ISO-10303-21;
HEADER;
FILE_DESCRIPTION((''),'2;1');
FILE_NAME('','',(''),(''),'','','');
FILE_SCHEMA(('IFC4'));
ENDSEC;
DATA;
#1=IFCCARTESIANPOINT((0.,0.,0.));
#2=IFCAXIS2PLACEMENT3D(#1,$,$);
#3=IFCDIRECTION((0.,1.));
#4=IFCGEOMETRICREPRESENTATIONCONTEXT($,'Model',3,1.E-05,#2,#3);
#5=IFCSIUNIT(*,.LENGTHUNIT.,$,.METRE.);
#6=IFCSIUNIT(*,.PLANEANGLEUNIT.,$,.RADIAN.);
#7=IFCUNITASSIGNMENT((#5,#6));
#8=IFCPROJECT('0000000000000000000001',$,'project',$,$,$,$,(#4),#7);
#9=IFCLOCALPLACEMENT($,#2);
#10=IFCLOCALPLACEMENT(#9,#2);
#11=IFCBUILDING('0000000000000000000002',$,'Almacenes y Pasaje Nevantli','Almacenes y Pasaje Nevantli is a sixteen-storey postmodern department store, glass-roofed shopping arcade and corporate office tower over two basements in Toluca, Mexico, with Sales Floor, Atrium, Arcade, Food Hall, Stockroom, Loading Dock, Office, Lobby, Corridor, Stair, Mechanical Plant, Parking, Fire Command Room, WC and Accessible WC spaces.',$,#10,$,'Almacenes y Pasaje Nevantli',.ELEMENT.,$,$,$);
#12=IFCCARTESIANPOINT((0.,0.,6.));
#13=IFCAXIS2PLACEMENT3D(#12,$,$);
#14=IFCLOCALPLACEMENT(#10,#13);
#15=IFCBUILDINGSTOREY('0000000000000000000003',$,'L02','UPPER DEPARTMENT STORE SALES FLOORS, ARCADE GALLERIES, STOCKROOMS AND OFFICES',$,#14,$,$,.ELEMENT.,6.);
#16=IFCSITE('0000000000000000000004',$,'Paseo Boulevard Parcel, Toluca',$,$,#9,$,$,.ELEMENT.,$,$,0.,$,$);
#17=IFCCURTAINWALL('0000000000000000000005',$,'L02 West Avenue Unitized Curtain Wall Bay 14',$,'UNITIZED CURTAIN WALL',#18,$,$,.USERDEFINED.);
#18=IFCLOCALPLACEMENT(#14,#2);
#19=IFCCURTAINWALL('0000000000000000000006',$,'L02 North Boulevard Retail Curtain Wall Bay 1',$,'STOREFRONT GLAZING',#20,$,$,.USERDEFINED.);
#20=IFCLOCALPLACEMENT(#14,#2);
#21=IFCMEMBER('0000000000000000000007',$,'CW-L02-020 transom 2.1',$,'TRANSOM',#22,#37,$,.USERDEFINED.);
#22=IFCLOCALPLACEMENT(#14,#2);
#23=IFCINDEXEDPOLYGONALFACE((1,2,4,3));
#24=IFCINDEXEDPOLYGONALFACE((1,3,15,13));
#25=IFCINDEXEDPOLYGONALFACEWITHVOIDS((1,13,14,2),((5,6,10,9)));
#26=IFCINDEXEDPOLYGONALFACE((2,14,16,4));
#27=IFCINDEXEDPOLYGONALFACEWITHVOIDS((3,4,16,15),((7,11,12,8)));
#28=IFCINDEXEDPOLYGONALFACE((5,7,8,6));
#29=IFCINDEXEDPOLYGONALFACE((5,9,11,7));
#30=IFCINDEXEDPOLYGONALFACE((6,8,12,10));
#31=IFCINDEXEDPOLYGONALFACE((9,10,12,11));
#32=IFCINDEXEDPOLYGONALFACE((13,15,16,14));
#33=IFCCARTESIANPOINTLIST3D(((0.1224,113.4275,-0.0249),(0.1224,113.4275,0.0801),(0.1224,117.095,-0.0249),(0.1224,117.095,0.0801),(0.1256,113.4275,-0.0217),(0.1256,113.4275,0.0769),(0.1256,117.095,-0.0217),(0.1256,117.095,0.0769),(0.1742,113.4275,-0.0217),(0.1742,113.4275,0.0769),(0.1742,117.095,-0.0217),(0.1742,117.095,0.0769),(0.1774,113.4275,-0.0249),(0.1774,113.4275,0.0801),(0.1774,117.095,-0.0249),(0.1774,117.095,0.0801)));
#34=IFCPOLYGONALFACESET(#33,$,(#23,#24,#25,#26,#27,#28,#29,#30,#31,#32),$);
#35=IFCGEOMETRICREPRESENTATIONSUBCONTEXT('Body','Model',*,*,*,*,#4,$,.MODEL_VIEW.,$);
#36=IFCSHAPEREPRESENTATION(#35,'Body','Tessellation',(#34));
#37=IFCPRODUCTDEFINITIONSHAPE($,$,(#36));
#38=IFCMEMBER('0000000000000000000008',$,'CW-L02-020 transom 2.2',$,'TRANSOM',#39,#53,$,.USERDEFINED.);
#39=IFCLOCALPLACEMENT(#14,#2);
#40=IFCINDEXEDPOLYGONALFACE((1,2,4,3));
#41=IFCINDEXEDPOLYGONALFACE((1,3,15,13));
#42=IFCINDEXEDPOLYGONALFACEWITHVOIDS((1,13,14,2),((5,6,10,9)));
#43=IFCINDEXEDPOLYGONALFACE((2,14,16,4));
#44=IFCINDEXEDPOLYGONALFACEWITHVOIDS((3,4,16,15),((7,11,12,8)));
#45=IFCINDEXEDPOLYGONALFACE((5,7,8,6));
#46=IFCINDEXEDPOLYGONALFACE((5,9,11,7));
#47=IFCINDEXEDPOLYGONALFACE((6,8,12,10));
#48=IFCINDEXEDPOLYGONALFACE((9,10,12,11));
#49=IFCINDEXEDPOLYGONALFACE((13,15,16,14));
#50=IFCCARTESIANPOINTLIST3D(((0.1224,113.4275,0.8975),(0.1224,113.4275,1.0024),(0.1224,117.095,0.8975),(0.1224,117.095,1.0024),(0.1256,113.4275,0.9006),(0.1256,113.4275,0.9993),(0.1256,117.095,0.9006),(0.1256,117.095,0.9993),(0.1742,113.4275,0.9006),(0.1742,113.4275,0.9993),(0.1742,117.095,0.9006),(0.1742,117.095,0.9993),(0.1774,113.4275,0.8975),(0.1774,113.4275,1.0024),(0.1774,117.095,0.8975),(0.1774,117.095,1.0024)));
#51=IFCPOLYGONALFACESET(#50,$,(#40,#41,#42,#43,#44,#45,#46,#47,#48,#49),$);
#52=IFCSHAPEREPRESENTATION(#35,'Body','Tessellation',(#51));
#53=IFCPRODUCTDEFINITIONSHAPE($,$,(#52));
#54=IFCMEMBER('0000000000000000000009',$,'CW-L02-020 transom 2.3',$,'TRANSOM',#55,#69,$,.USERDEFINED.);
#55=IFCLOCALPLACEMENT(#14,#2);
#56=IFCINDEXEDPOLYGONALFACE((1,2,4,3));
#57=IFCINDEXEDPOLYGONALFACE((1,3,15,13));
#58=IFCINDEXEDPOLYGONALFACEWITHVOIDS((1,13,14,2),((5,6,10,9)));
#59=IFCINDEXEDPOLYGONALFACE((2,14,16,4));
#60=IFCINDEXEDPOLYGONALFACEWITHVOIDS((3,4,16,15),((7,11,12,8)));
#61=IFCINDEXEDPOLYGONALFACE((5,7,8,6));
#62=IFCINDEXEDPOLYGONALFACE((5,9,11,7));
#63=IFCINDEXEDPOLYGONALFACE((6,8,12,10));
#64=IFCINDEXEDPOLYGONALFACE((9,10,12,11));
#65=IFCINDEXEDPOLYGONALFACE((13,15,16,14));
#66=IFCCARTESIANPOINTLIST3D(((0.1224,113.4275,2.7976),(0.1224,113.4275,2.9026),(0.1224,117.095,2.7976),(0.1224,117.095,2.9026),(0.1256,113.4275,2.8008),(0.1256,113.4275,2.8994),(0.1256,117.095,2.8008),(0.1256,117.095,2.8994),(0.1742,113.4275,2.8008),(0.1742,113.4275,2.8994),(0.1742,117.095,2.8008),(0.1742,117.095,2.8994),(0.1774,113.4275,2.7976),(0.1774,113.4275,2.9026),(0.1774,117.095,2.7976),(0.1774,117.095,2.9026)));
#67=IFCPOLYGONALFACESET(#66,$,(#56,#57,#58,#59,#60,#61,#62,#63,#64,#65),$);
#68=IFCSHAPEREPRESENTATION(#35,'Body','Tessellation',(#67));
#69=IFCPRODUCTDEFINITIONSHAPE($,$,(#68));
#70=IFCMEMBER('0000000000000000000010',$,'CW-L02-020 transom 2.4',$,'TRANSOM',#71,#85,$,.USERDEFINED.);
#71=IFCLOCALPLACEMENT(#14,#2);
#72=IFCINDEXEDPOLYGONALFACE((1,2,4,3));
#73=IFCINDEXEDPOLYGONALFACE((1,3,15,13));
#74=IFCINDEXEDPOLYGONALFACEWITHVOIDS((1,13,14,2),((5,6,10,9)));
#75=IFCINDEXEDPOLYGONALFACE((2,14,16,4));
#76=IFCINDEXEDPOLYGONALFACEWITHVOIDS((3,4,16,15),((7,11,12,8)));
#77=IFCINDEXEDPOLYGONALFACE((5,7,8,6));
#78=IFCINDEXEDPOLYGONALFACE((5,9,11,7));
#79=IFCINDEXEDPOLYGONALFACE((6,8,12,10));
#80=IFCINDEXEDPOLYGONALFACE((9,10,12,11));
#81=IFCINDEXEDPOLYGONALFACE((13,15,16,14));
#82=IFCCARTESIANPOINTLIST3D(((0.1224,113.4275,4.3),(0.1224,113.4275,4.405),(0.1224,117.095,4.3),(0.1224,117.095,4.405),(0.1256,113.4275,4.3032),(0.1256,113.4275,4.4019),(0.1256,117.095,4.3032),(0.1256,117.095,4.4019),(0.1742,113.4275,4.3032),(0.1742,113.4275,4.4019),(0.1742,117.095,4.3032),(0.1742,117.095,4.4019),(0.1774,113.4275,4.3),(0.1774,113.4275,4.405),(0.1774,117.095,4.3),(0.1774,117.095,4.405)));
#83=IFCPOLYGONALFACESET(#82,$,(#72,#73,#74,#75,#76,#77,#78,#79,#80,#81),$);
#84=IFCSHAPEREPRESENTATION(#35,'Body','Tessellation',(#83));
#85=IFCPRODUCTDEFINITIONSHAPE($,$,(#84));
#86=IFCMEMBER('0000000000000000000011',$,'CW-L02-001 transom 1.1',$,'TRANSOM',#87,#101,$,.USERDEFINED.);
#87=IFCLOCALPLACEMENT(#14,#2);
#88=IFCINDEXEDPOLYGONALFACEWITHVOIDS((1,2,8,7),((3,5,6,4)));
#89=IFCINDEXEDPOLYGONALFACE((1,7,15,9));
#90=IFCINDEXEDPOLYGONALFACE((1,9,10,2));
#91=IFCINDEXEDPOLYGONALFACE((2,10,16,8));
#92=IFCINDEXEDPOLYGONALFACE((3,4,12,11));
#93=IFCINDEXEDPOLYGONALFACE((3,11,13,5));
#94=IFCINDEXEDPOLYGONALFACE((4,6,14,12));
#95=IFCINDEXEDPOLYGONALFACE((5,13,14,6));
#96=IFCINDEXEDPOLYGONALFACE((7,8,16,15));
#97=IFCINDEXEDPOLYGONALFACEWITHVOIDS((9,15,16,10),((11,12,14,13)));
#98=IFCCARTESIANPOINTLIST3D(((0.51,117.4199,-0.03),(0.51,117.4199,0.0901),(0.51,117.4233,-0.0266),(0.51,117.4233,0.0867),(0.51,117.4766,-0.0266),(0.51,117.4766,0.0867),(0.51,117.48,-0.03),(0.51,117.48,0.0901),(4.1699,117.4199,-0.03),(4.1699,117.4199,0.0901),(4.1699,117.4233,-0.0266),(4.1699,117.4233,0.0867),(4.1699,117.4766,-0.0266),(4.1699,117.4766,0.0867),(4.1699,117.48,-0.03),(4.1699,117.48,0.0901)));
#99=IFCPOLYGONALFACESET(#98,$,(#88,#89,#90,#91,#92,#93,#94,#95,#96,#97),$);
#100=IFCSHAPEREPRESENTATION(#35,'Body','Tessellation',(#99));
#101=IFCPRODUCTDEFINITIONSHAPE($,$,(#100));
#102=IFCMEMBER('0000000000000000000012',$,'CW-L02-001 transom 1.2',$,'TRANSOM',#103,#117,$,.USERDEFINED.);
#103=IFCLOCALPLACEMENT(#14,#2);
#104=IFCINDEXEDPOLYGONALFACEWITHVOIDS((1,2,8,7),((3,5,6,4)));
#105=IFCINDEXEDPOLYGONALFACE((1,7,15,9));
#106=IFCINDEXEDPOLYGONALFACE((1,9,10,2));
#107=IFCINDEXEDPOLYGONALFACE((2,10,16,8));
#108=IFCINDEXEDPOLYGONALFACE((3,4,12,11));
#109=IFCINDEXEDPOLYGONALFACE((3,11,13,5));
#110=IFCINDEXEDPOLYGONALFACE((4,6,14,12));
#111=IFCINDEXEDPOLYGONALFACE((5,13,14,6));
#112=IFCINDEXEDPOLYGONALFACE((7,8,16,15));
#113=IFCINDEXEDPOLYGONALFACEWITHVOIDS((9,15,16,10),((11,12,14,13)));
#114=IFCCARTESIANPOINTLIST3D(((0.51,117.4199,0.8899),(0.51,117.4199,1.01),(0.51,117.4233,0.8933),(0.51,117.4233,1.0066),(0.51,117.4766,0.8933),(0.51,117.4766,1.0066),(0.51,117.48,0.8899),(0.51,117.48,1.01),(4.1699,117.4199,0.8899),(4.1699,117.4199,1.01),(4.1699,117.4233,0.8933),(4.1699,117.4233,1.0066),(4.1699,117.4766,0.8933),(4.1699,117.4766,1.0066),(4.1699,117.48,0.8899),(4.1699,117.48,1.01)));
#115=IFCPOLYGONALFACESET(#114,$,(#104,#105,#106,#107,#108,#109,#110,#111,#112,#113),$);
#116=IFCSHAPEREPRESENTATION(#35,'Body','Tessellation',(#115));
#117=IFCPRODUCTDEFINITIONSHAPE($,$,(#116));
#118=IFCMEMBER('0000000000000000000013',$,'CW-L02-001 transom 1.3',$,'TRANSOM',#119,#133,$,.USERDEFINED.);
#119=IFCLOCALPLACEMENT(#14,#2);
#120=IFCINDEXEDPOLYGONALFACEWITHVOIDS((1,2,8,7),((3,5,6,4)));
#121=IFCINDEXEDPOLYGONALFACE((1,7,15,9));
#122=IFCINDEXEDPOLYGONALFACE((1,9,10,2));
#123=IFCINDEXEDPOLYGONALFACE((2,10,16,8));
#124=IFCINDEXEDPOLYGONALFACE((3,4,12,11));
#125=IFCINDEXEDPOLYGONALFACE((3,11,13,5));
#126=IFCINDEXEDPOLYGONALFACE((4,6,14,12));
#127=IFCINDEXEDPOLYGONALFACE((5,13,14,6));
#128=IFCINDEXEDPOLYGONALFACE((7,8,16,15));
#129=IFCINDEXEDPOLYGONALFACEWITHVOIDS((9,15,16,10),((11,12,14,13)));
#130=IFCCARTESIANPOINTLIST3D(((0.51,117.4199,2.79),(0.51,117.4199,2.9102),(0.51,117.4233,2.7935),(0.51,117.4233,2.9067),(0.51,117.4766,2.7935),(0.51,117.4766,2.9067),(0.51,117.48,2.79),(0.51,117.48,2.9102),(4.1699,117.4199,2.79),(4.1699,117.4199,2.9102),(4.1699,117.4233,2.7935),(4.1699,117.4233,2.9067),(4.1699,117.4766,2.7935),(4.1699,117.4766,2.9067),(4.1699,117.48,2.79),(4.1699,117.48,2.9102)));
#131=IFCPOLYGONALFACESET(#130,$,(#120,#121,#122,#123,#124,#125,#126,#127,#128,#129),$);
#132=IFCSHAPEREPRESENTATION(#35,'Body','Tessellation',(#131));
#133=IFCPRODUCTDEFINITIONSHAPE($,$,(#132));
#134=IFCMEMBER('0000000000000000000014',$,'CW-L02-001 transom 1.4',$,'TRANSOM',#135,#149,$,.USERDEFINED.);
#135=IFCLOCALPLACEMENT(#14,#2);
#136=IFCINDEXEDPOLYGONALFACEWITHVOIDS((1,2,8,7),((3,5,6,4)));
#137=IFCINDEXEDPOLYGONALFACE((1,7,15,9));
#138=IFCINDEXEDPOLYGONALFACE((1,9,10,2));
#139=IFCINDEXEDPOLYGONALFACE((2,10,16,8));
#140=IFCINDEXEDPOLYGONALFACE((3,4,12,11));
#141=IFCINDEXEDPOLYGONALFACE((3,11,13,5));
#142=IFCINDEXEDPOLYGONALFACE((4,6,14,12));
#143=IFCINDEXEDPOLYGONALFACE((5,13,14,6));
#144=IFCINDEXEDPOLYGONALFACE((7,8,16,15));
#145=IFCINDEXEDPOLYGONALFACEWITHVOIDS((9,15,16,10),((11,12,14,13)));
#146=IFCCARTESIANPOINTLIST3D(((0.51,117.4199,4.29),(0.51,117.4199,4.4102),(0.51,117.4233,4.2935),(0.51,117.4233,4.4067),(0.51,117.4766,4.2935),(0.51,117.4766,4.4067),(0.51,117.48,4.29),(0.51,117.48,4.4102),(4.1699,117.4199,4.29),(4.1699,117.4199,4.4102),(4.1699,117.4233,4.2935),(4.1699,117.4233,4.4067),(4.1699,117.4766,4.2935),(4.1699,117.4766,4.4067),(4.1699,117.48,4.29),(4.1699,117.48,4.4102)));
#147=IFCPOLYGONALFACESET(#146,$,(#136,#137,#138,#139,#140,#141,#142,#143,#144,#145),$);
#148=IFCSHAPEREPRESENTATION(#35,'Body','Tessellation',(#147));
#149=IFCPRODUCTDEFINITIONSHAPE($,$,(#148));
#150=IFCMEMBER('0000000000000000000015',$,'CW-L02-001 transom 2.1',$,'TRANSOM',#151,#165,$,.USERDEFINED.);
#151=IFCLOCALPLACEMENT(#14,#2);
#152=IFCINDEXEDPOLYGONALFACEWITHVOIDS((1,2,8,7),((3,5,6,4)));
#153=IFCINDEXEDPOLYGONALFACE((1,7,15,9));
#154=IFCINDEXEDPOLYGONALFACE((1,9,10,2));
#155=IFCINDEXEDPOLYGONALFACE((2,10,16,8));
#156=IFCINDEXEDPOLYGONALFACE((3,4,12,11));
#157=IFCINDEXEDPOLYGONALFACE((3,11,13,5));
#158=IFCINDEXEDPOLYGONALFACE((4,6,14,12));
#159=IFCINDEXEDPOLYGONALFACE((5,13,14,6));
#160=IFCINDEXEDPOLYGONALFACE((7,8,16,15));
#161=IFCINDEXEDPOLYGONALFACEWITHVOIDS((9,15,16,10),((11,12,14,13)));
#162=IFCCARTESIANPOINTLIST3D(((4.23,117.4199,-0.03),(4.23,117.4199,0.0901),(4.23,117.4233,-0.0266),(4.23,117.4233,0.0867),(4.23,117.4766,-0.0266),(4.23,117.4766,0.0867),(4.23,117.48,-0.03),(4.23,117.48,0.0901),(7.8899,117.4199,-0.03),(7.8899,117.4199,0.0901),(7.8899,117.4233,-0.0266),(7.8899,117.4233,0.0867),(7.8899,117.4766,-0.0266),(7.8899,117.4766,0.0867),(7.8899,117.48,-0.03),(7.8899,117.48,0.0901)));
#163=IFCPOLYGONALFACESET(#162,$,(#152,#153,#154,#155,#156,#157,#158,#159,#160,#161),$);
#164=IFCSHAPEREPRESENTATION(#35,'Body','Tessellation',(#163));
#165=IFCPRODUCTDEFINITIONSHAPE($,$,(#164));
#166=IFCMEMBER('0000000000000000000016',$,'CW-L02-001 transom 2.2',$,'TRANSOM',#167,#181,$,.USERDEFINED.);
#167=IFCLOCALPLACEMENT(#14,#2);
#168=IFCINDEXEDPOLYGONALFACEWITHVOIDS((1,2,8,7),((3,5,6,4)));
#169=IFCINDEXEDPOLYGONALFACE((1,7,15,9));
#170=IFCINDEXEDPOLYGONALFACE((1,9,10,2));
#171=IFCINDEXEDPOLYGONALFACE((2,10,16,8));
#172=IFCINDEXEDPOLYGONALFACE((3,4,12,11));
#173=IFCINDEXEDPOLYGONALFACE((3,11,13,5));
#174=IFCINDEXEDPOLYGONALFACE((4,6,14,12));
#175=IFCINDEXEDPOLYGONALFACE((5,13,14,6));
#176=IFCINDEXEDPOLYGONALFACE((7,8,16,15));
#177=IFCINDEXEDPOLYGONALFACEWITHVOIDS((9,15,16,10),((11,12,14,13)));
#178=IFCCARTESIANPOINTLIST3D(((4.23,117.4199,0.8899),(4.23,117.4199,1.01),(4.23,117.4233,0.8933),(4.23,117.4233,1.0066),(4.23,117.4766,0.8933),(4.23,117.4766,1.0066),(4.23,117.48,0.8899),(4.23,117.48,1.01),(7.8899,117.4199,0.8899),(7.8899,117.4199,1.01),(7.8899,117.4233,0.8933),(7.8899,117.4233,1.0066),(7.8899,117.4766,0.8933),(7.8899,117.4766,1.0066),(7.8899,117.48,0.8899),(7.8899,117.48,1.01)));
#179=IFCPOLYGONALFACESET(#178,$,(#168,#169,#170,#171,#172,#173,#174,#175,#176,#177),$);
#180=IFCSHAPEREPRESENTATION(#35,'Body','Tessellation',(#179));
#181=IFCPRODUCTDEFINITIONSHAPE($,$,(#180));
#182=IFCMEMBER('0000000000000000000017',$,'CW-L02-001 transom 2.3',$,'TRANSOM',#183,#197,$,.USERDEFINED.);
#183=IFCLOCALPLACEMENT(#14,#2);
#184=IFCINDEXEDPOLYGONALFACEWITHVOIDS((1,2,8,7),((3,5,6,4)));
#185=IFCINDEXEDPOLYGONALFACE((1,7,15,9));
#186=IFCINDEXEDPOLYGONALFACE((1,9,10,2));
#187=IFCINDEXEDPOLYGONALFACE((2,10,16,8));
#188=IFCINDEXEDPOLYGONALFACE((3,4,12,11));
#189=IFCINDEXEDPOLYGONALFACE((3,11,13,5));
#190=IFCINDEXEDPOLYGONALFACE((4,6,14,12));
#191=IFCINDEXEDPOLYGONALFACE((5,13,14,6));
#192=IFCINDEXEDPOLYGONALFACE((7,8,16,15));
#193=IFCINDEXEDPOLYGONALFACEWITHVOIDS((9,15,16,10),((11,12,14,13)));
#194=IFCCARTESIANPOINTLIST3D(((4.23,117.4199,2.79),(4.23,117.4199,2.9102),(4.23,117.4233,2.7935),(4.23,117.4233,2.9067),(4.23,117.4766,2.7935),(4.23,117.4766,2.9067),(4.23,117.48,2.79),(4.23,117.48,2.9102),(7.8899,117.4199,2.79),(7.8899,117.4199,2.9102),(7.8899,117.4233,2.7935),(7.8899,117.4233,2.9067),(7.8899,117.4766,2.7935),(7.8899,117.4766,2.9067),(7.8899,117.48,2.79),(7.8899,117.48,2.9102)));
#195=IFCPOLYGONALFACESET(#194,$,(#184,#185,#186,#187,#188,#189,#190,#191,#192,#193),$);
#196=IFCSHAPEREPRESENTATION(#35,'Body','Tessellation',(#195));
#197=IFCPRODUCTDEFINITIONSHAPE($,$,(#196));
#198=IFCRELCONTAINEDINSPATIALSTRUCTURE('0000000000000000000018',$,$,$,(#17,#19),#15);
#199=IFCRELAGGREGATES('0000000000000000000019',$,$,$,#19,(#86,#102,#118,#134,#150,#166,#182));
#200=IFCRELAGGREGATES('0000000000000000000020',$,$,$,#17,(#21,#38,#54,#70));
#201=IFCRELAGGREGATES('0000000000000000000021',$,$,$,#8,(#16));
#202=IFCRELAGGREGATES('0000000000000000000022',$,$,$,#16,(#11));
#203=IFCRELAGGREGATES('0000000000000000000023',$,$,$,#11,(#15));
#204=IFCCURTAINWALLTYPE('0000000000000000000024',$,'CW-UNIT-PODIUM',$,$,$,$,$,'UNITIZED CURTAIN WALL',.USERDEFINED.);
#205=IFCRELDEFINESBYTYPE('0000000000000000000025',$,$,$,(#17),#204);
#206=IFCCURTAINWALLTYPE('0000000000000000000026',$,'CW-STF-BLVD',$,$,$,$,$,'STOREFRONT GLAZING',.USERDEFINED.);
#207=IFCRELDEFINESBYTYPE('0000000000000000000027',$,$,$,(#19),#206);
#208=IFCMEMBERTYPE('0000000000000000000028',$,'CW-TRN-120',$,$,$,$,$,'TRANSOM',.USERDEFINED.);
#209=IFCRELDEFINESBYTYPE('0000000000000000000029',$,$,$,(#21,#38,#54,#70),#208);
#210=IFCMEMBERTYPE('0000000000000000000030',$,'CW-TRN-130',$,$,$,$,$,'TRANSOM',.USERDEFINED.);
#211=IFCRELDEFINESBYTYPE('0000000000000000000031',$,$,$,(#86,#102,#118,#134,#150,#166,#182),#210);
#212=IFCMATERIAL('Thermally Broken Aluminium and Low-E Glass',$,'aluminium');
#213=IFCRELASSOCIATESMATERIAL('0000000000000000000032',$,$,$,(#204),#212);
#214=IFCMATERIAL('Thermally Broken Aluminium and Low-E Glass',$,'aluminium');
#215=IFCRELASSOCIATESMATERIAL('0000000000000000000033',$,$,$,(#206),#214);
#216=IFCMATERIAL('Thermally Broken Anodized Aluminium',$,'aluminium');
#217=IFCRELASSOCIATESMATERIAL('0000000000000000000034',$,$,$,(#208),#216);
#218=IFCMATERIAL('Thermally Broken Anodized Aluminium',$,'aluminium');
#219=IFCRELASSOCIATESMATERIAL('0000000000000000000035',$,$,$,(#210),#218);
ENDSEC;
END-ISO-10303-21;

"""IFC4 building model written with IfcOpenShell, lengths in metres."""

from ifc_helpers import new_model, si_unit, direction, frame, origin, origin_2d, place, context, subcontext, project, spatial, hollow_rectangle, extrude, material, material_profile, profile_set, type_object, element, aggregate, save


model = new_model("IFC4")

# Units and contexts
model_context = context("Model", 3, precision=1e-05, world=origin(), true_north=direction((0.0, 1.0)))
body_context = subcontext(model_context, "Body", "Model", "MODEL_VIEW")
ifc_project = project(units=[si_unit("LENGTHUNIT", "METRE"), si_unit("PLANEANGLEUNIT", "RADIAN")], contexts=[model_context])

# Site, building, storey
site_placement = place(None, origin())
site = spatial("IfcSite", under=ifc_project, at=site_placement, Name="Paseo Boulevard Parcel, Toluca", CompositionType="ELEMENT", RefElevation=0.0)
building_placement = place(site_placement, origin())
building = spatial("IfcBuilding", under=site, at=building_placement, Name="Almacenes y Pasaje Nevantli", Description="Almacenes y Pasaje Nevantli is a sixteen-storey postmodern department store, glass-roofed shopping arcade and corporate office tower over two basements in Toluca, Mexico, with Sales Floor, Atrium, Arcade, Food Hall, Stockroom, Loading Dock, Office, Lobby, Corridor, Stair, Mechanical Plant, Parking, Fire Command Room, WC and Accessible WC spaces.", LongName="Almacenes y Pasaje Nevantli", CompositionType="ELEMENT")
storey_placement = place(building_placement, frame((0.0, 0.0, 6.0)))
storey = spatial("IfcBuildingStorey", under=building, at=storey_placement, Name="L02", Description="UPPER DEPARTMENT STORE SALES FLOORS, ARCADE GALLERIES, STOCKROOMS AND OFFICES", CompositionType="ELEMENT", Elevation=6.0)

# Curtain walls
ifc_material_1 = material(Name="Thermally Broken Aluminium and Low-E Glass", Category="aluminium")
curtain_wall_type_1 = type_object("IfcCurtainWallType", Name="CW-UNIT-PODIUM", ElementType="UNITIZED CURTAIN WALL", PredefinedType="USERDEFINED", material=ifc_material_1)
curtain_wall_1_placement = place(storey_placement, origin())
curtain_wall_1 = element("IfcCurtainWall", 1, at=curtain_wall_1_placement, inside=storey, type_object=curtain_wall_type_1, Name="L02 West Avenue Unitized Curtain Wall Bay 14", ObjectType="UNITIZED CURTAIN WALL", PredefinedType="USERDEFINED")
ifc_material_2 = material(Name="Thermally Broken Aluminium and Low-E Glass", Category="aluminium")
curtain_wall_type_2 = type_object("IfcCurtainWallType", Name="CW-STF-BLVD", ElementType="STOREFRONT GLAZING", PredefinedType="USERDEFINED", material=ifc_material_2)
curtain_wall_2_placement = place(storey_placement, origin())
curtain_wall_2 = element("IfcCurtainWall", 2, at=curtain_wall_2_placement, inside=storey, type_object=curtain_wall_type_2, Name="L02 North Boulevard Retail Curtain Wall Bay 1", ObjectType="STOREFRONT GLAZING", PredefinedType="USERDEFINED")

# Members
ifc_material_3 = material(Name="Thermally Broken Anodized Aluminium", Category="aluminium")
ifc_material_profile_1 = material_profile(ifc_material_3, hollow_rectangle(XDim=0.0549, YDim=0.105, WallThickness=0.0032, at=origin_2d()), Name="ALU-TRN-55x105")
ifc_profile_set_1 = profile_set([ifc_material_profile_1], Name="Thermally Broken Anodized Aluminium")
member_type_1 = type_object("IfcMemberType", Name="CW-TRN-120", ElementType="TRANSOM", PredefinedType="USERDEFINED", material=ifc_profile_set_1)
member_1_placement = place(storey_placement, frame((0.1499, 113.4275, 0.0276), z_axis=(0.0, 1.0, 0.0), x_axis=(-1.0, 0.0, 0.0)))
member_1 = element("IfcMember", 3, at=member_1_placement, type_object=member_type_1, Name="CW-L02-020 transom 2.1", ObjectType="TRANSOM", PredefinedType="USERDEFINED", context=body_context, shape_type="SweptSolid", body=[
    extrude(hollow_rectangle(XDim=0.0549, YDim=0.105, WallThickness=0.0032, at=origin_2d()), origin(), (0.0, 0.0, 1.0), 3.6675),
])
member_2_placement = place(storey_placement, frame((0.1499, 113.4275, 0.95), z_axis=(0.0, 1.0, 0.0), x_axis=(-1.0, 0.0, 0.0)))
member_2 = element("IfcMember", 4, at=member_2_placement, type_object=member_type_1, Name="CW-L02-020 transom 2.2", ObjectType="TRANSOM", PredefinedType="USERDEFINED", context=body_context, shape_type="SweptSolid", body=[
    extrude(hollow_rectangle(XDim=0.0549, YDim=0.105, WallThickness=0.0032, at=origin_2d()), origin(), (0.0, 0.0, 1.0), 3.6675),
])
member_3_placement = place(storey_placement, frame((0.1499, 113.4275, 2.8501), z_axis=(0.0, 1.0, 0.0), x_axis=(-1.0, 0.0, 0.0)))
member_3 = element("IfcMember", 5, at=member_3_placement, type_object=member_type_1, Name="CW-L02-020 transom 2.3", ObjectType="TRANSOM", PredefinedType="USERDEFINED", context=body_context, shape_type="SweptSolid", body=[
    extrude(hollow_rectangle(XDim=0.0549, YDim=0.105, WallThickness=0.0032, at=origin_2d()), origin(), (0.0, 0.0, 1.0), 3.6675),
])
member_4_placement = place(storey_placement, frame((0.1499, 113.4275, 4.3525), z_axis=(0.0, 1.0, 0.0), x_axis=(-1.0, 0.0, 0.0)))
member_4 = element("IfcMember", 6, at=member_4_placement, type_object=member_type_1, Name="CW-L02-020 transom 2.4", ObjectType="TRANSOM", PredefinedType="USERDEFINED", context=body_context, shape_type="SweptSolid", body=[
    extrude(hollow_rectangle(XDim=0.0549, YDim=0.105, WallThickness=0.0032, at=origin_2d()), origin(), (0.0, 0.0, 1.0), 3.6675),
])
ifc_material_4 = material(Name="Thermally Broken Anodized Aluminium", Category="aluminium")
ifc_material_profile_2 = material_profile(ifc_material_4, hollow_rectangle(XDim=0.0601, YDim=0.1201, WallThickness=0.0034, at=origin_2d()), Name="ALU-TRN-60x120")
ifc_profile_set_2 = profile_set([ifc_material_profile_2], Name="Thermally Broken Anodized Aluminium")
member_type_2 = type_object("IfcMemberType", Name="CW-TRN-130", ElementType="TRANSOM", PredefinedType="USERDEFINED", material=ifc_profile_set_2)
member_5_placement = place(storey_placement, frame((0.51, 117.45, 0.03), z_axis=(1.0, 0.0, 0.0), x_axis=(0.0, 1.0, 0.0)))
member_5 = element("IfcMember", 7, at=member_5_placement, type_object=member_type_2, Name="CW-L02-001 transom 1.1", ObjectType="TRANSOM", PredefinedType="USERDEFINED", context=body_context, shape_type="SweptSolid", body=[
    extrude(hollow_rectangle(XDim=0.0601, YDim=0.1201, WallThickness=0.0034, at=origin_2d()), origin(), (0.0, 0.0, 1.0), 3.6599),
])
member_6_placement = place(storey_placement, frame((0.51, 117.45, 0.95), z_axis=(1.0, 0.0, 0.0), x_axis=(0.0, 1.0, 0.0)))
member_6 = element("IfcMember", 8, at=member_6_placement, type_object=member_type_2, Name="CW-L02-001 transom 1.2", ObjectType="TRANSOM", PredefinedType="USERDEFINED", context=body_context, shape_type="SweptSolid", body=[
    extrude(hollow_rectangle(XDim=0.0601, YDim=0.1201, WallThickness=0.0034, at=origin_2d()), origin(), (0.0, 0.0, 1.0), 3.6599),
])
member_7_placement = place(storey_placement, frame((0.51, 117.45, 2.8501), z_axis=(1.0, 0.0, 0.0), x_axis=(0.0, 1.0, 0.0)))
member_7 = element("IfcMember", 9, at=member_7_placement, type_object=member_type_2, Name="CW-L02-001 transom 1.3", ObjectType="TRANSOM", PredefinedType="USERDEFINED", context=body_context, shape_type="SweptSolid", body=[
    extrude(hollow_rectangle(XDim=0.0601, YDim=0.1201, WallThickness=0.0034, at=origin_2d()), origin(), (0.0, 0.0, 1.0), 3.6599),
])
member_8_placement = place(storey_placement, frame((0.51, 117.45, 4.3501), z_axis=(1.0, 0.0, 0.0), x_axis=(0.0, 1.0, 0.0)))
member_8 = element("IfcMember", 10, at=member_8_placement, type_object=member_type_2, Name="CW-L02-001 transom 1.4", ObjectType="TRANSOM", PredefinedType="USERDEFINED", context=body_context, shape_type="SweptSolid", body=[
    extrude(hollow_rectangle(XDim=0.0601, YDim=0.1201, WallThickness=0.0034, at=origin_2d()), origin(), (0.0, 0.0, 1.0), 3.6599),
])
member_9_placement = place(storey_placement, frame((4.23, 117.45, 0.03), z_axis=(1.0, 0.0, 0.0), x_axis=(0.0, 1.0, 0.0)))
member_9 = element("IfcMember", 11, at=member_9_placement, type_object=member_type_2, Name="CW-L02-001 transom 2.1", ObjectType="TRANSOM", PredefinedType="USERDEFINED", context=body_context, shape_type="SweptSolid", body=[
    extrude(hollow_rectangle(XDim=0.0601, YDim=0.1201, WallThickness=0.0034, at=origin_2d()), origin(), (0.0, 0.0, 1.0), 3.6599),
])
member_10_placement = place(storey_placement, frame((4.23, 117.45, 0.95), z_axis=(1.0, 0.0, 0.0), x_axis=(0.0, 1.0, 0.0)))
member_10 = element("IfcMember", 12, at=member_10_placement, type_object=member_type_2, Name="CW-L02-001 transom 2.2", ObjectType="TRANSOM", PredefinedType="USERDEFINED", context=body_context, shape_type="SweptSolid", body=[
    extrude(hollow_rectangle(XDim=0.0601, YDim=0.1201, WallThickness=0.0034, at=origin_2d()), origin(), (0.0, 0.0, 1.0), 3.6599),
])
member_11_placement = place(storey_placement, frame((4.23, 117.45, 2.8501), z_axis=(1.0, 0.0, 0.0), x_axis=(0.0, 1.0, 0.0)))
member_11 = element("IfcMember", 13, at=member_11_placement, type_object=member_type_2, Name="CW-L02-001 transom 2.3", ObjectType="TRANSOM", PredefinedType="USERDEFINED", context=body_context, shape_type="SweptSolid", body=[
    extrude(hollow_rectangle(XDim=0.0601, YDim=0.1201, WallThickness=0.0034, at=origin_2d()), origin(), (0.0, 0.0, 1.0), 3.6599),
])

aggregate(curtain_wall_2, [member_5, member_6, member_7, member_8, member_9, member_10, member_11])
aggregate(curtain_wall_1, [member_1, member_2, member_3, member_4])

save(model, "model.ifc")
